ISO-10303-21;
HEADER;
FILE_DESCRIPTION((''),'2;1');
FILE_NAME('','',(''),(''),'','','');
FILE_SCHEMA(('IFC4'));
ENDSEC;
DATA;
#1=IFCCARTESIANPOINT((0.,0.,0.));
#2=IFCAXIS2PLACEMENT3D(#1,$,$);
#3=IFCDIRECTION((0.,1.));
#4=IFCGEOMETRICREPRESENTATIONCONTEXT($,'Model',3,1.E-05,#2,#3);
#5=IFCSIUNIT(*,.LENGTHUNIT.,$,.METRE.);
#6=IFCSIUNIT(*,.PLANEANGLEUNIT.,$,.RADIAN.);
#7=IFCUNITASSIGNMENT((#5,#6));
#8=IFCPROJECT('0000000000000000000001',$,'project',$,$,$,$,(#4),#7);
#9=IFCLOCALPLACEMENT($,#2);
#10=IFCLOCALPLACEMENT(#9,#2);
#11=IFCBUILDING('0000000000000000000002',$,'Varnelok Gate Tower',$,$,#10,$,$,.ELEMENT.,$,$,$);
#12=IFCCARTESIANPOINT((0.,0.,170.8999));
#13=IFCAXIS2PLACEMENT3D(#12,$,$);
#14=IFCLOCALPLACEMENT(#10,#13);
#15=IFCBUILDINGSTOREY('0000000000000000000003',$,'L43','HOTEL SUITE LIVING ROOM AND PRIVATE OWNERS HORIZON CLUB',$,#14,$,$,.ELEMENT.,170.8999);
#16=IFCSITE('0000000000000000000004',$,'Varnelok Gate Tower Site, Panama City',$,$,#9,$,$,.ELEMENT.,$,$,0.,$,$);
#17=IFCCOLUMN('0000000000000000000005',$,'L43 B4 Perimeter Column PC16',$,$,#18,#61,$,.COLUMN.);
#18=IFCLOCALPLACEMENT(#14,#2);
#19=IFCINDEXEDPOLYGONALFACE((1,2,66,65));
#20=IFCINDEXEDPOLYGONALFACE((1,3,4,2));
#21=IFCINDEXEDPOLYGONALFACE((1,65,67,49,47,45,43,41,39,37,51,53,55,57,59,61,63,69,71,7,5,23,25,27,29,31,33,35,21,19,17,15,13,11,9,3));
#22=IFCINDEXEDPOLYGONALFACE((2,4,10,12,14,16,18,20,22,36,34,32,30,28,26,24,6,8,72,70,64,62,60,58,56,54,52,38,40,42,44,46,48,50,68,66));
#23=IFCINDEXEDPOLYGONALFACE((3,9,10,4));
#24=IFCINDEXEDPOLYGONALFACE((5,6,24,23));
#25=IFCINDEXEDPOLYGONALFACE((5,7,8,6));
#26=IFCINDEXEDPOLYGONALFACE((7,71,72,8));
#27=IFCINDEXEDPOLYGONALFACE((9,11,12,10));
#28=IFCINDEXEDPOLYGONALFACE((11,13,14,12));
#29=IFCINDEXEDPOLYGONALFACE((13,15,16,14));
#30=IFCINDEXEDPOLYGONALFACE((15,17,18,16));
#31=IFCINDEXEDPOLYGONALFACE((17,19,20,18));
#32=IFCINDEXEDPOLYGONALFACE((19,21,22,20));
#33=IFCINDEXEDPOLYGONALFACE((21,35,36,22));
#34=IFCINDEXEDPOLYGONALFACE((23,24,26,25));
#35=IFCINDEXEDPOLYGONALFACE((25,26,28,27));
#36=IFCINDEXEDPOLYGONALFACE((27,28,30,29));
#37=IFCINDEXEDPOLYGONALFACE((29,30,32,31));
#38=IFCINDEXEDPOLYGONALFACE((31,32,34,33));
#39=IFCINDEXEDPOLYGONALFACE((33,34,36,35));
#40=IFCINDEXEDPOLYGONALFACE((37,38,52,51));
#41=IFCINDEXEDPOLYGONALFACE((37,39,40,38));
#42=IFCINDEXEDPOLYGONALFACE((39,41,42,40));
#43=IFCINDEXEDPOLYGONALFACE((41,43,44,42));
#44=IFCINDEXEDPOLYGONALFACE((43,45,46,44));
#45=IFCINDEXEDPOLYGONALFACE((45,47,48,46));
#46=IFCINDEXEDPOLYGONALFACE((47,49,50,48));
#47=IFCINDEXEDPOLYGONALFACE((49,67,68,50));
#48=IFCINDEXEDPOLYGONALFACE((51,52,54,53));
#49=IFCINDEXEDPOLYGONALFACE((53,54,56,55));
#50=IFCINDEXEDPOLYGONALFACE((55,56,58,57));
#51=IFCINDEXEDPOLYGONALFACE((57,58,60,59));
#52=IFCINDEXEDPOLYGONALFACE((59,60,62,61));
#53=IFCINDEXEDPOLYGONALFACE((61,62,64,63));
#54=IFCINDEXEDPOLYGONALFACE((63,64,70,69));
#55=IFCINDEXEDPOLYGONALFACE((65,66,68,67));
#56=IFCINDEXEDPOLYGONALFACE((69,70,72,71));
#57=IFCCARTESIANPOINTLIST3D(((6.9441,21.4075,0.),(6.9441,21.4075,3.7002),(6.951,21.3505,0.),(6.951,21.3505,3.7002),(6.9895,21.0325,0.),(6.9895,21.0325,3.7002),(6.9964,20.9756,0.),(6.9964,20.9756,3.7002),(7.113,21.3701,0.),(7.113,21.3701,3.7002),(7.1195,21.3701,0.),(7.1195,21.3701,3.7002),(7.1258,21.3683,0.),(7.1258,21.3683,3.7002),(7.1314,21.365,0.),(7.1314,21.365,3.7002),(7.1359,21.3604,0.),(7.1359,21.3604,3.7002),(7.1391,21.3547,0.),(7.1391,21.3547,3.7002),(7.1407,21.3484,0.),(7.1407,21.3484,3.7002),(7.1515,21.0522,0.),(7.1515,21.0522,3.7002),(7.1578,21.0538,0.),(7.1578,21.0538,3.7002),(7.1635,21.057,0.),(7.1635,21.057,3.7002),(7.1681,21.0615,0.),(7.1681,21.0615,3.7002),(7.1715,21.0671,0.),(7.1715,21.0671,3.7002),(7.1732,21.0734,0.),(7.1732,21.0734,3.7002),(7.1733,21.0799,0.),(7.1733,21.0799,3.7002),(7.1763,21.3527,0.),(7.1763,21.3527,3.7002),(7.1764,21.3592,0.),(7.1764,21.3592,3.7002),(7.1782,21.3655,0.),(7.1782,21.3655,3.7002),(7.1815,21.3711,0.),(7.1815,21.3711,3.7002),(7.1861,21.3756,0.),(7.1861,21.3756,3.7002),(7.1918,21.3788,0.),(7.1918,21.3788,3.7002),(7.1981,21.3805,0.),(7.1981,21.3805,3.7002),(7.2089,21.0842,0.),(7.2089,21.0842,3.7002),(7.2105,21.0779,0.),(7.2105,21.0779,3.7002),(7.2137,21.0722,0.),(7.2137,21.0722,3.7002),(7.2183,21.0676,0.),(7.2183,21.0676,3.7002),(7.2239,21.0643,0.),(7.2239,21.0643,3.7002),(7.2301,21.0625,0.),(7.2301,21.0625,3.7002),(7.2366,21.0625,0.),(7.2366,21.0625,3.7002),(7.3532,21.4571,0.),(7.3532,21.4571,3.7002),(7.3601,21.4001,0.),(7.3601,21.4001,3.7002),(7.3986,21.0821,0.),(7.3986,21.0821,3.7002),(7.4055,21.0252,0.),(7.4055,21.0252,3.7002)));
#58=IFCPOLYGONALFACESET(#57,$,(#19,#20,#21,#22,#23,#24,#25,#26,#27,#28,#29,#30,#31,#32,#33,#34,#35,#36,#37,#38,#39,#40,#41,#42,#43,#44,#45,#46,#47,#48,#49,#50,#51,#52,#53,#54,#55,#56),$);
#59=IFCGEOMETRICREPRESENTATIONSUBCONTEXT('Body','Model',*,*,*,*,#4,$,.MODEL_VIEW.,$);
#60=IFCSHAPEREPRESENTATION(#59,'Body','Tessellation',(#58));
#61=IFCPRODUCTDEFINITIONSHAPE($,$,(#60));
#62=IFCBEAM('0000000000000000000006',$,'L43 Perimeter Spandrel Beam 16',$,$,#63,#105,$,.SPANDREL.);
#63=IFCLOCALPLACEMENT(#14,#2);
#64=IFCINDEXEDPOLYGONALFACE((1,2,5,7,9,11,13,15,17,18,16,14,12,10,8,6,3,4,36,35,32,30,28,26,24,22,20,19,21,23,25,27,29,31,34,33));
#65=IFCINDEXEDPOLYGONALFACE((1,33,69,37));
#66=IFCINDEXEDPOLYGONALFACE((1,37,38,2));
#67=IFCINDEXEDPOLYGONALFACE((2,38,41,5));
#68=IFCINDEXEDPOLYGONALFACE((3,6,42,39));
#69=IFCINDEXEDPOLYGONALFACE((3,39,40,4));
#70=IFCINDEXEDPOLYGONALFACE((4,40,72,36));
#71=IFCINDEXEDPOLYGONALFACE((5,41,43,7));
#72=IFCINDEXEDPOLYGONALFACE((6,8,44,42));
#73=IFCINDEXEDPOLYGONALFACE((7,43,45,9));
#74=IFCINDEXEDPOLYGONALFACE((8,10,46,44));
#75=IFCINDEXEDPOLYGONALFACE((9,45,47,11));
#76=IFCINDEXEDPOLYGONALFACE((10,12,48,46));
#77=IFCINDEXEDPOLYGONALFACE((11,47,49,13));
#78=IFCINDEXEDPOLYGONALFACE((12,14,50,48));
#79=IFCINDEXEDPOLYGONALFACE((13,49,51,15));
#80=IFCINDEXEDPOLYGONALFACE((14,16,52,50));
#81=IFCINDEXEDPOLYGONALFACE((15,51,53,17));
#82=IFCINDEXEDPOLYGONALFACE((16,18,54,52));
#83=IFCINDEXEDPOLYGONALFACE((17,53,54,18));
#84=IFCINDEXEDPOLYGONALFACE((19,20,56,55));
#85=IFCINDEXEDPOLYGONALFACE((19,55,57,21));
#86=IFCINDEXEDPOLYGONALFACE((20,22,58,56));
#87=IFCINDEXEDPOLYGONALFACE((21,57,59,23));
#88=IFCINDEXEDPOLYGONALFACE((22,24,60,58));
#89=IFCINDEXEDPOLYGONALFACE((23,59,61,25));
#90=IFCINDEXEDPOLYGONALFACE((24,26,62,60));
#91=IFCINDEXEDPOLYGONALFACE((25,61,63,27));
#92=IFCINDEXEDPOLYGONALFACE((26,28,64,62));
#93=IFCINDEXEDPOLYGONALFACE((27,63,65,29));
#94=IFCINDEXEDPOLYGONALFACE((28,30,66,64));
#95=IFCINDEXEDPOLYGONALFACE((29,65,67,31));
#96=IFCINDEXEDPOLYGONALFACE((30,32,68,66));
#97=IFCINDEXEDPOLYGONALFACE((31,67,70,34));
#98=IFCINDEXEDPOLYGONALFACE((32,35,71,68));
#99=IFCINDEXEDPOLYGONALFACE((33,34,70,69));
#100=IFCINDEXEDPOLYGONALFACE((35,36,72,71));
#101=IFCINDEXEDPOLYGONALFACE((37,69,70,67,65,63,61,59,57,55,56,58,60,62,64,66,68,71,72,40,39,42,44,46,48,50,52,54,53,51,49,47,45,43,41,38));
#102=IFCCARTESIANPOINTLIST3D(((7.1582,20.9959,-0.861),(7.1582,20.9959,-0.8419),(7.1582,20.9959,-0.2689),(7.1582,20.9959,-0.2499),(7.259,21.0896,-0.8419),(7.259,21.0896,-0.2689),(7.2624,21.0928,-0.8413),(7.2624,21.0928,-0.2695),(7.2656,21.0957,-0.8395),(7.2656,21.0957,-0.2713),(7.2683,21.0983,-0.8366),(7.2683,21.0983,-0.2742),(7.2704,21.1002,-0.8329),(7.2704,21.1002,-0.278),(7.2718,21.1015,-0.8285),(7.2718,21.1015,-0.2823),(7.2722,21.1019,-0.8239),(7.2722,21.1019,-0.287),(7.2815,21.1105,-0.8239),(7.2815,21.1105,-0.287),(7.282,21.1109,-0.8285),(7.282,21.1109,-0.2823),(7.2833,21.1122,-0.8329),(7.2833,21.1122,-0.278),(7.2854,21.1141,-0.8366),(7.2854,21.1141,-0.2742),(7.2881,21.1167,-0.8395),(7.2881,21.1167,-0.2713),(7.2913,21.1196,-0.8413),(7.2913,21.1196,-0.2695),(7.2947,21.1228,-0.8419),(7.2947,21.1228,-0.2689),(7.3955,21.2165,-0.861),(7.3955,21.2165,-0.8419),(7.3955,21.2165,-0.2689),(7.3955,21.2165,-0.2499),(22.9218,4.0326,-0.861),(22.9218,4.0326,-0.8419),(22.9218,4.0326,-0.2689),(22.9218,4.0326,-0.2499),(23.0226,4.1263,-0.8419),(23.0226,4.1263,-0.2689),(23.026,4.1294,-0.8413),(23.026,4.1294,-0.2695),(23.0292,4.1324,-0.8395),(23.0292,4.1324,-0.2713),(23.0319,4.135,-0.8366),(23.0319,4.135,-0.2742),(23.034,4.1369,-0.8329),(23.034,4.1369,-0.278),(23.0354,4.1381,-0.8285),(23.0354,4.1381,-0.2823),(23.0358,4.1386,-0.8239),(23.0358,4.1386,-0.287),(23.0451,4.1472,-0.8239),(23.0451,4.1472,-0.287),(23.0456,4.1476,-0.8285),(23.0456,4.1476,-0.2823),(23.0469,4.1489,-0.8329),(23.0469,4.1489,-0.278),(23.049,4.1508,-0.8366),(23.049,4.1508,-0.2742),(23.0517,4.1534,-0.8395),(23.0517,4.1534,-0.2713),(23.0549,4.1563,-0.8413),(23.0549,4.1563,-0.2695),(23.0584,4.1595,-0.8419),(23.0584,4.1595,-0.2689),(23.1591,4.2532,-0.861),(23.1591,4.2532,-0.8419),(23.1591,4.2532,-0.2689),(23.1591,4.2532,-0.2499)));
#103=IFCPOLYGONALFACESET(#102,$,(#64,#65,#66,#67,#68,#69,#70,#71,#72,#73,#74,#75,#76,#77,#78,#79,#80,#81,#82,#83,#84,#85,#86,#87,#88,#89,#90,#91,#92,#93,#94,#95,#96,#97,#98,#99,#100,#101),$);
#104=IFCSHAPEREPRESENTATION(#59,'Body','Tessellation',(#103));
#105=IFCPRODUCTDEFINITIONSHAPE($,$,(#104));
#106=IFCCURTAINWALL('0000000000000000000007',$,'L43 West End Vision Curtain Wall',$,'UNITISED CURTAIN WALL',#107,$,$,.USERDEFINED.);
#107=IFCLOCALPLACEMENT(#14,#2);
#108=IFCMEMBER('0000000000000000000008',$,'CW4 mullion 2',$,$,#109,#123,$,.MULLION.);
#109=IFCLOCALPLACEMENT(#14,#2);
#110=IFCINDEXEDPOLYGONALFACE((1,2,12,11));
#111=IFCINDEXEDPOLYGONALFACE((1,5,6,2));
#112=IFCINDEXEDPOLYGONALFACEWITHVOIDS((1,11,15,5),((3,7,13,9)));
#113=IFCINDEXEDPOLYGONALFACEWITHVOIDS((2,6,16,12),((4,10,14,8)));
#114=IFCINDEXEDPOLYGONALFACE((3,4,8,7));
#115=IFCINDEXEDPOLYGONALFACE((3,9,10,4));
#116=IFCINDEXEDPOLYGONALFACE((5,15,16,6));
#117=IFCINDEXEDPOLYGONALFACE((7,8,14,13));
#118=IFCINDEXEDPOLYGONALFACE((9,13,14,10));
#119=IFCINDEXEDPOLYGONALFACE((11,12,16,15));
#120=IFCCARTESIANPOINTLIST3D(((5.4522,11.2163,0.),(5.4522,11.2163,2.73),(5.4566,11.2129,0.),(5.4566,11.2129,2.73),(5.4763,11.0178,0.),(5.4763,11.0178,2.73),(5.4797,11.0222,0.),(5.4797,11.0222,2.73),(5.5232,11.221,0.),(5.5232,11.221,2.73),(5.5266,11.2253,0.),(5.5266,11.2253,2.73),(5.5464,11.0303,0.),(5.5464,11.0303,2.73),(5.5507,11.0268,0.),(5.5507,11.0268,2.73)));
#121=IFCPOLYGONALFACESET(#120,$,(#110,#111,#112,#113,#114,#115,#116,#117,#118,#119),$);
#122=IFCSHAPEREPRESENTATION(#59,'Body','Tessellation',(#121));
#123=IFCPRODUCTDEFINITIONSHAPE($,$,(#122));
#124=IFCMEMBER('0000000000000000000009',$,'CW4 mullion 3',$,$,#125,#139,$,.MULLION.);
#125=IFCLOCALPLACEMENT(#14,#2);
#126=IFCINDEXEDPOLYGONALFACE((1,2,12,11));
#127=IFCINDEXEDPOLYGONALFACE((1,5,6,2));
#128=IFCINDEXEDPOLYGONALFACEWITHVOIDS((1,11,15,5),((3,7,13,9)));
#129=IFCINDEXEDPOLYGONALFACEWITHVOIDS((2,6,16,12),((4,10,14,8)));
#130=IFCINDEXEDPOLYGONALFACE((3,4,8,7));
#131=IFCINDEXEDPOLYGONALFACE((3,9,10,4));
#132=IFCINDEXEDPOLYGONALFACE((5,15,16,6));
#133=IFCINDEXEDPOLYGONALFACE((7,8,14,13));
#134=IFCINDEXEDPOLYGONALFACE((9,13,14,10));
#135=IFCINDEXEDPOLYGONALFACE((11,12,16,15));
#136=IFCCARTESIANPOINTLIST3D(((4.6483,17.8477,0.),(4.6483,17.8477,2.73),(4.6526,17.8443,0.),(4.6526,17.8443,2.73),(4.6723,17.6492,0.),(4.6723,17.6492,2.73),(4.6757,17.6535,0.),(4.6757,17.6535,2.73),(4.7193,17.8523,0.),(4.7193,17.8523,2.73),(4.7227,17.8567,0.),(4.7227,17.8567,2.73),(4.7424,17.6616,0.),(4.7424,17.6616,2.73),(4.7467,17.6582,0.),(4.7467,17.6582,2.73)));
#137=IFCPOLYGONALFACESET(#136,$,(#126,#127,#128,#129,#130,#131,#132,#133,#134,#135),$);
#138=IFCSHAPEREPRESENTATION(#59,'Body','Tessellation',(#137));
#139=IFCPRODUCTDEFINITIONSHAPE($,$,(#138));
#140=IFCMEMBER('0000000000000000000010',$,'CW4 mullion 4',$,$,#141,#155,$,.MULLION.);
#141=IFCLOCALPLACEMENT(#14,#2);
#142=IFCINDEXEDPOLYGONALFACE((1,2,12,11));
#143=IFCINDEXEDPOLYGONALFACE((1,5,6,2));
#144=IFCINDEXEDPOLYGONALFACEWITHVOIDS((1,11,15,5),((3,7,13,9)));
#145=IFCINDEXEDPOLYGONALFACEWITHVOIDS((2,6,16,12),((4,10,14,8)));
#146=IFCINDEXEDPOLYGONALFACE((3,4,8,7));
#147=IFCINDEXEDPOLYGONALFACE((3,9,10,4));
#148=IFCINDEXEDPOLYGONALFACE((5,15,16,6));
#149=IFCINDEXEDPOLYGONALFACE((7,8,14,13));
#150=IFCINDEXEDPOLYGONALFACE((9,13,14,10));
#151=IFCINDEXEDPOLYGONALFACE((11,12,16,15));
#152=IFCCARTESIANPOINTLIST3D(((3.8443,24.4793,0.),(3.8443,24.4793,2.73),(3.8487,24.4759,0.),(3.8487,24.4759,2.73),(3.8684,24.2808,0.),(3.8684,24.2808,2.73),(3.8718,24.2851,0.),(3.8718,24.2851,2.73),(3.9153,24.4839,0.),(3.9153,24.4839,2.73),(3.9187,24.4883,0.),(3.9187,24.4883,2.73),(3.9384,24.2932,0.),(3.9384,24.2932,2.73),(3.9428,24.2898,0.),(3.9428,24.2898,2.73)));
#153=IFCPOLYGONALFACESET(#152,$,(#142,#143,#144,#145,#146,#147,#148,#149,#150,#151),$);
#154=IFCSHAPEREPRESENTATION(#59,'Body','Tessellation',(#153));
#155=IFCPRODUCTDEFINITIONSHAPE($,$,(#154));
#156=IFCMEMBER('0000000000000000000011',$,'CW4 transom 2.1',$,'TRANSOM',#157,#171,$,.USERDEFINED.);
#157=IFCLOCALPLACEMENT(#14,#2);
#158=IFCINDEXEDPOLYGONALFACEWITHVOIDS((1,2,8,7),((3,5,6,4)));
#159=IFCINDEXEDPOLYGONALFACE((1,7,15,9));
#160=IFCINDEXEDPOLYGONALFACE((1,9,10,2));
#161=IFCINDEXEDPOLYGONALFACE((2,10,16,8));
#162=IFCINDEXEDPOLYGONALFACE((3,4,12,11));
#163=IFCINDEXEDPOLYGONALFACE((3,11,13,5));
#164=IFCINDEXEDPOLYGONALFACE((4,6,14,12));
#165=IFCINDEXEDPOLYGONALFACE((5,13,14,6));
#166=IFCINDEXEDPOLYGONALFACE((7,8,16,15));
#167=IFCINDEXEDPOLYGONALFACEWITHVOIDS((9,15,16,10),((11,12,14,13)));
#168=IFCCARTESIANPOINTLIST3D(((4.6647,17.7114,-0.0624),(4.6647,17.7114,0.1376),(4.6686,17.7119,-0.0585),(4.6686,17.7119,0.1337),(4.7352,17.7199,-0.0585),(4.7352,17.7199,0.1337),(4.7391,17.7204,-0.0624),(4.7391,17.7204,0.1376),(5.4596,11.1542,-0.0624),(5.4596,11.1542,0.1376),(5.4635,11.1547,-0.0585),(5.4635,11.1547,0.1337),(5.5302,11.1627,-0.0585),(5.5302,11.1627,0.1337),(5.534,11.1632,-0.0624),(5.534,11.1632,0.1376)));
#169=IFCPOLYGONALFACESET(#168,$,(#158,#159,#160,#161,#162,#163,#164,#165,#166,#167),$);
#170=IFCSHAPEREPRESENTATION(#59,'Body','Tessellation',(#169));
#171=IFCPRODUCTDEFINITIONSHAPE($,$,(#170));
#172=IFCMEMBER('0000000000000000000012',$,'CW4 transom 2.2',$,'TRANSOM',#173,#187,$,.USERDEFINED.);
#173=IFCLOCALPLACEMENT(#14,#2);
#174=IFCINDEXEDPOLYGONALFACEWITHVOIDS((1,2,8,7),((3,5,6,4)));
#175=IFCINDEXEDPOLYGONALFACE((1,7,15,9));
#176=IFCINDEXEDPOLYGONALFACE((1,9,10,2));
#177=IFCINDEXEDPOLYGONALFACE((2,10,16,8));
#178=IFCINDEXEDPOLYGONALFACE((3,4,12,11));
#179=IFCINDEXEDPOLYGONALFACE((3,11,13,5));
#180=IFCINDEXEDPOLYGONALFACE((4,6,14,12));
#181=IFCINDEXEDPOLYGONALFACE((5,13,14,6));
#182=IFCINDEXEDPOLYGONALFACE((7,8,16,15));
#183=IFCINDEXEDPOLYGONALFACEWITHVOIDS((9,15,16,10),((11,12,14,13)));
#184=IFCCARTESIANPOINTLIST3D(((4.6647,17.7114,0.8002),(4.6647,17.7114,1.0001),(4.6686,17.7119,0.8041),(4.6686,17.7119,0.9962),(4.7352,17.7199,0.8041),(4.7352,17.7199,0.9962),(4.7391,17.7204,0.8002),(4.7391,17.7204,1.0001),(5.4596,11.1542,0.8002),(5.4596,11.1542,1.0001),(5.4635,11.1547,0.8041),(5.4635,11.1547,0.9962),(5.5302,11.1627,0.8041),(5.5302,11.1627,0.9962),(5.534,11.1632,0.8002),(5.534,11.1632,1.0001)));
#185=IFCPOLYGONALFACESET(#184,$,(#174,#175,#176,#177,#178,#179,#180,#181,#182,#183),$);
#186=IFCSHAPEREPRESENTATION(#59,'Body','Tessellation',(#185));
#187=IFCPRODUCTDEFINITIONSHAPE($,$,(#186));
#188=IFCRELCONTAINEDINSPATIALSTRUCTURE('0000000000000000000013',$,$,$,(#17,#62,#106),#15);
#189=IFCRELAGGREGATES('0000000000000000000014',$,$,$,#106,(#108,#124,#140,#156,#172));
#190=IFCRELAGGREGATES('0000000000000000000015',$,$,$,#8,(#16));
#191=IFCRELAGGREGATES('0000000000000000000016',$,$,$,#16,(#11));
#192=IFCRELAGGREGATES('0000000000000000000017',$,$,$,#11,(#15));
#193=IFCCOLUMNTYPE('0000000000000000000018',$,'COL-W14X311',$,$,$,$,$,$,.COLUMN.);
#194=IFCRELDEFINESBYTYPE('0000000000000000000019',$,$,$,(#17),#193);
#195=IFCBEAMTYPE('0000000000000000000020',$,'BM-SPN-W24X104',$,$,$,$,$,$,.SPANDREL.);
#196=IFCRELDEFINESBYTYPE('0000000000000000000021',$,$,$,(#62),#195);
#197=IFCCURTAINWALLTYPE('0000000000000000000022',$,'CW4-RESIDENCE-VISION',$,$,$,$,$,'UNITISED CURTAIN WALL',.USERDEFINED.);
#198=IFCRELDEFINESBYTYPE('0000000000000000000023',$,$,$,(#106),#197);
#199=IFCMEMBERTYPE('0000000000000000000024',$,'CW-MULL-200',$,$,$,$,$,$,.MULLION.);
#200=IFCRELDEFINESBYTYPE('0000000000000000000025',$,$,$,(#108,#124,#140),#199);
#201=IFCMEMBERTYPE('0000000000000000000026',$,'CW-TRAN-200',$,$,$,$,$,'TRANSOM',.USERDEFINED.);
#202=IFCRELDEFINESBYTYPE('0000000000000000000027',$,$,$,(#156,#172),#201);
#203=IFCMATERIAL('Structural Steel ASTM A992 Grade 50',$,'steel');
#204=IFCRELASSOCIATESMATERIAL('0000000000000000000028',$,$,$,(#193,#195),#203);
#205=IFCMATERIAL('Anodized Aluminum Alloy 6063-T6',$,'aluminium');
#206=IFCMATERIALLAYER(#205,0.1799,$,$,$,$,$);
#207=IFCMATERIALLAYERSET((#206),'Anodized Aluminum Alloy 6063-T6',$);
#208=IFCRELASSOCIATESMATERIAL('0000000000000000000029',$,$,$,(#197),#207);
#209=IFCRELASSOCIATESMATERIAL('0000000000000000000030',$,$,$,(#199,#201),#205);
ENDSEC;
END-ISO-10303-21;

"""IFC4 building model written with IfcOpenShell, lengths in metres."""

from ifc_helpers import new_model, si_unit, direction, frame, origin, origin_2d, place, context, subcontext, project, spatial, hollow_rectangle, i_section, extrude, material, layer, layer_set, material_profile, profile_set, type_object, element, aggregate, save


model = new_model("IFC4")

# Units and contexts
model_context = context("Model", 3, precision=1e-05, world=origin(), true_north=direction((0.0, 1.0)))
body_context = subcontext(model_context, "Body", "Model", "MODEL_VIEW")
ifc_project = project(units=[si_unit("LENGTHUNIT", "METRE"), si_unit("PLANEANGLEUNIT", "RADIAN")], contexts=[model_context])

# Site, building, storey
site_placement = place(None, origin())
site = spatial("IfcSite", under=ifc_project, at=site_placement, Name="Varnelok Gate Tower Site, Panama City", CompositionType="ELEMENT", RefElevation=0.0)
building_placement = place(site_placement, origin())
building = spatial("IfcBuilding", under=site, at=building_placement, Name="Varnelok Gate Tower", CompositionType="ELEMENT")
storey_placement = place(building_placement, frame((0.0, 0.0, 170.8999)))
storey = spatial("IfcBuildingStorey", under=building, at=storey_placement, Name="L43", Description="HOTEL SUITE LIVING ROOM AND PRIVATE OWNERS HORIZON CLUB", CompositionType="ELEMENT", Elevation=170.8999)

# Column
ifc_material_1 = material(Name="Structural Steel ASTM A992 Grade 50", Category="steel")
ifc_material_profile_1 = material_profile(ifc_material_1, i_section(OverallWidth=0.4121, OverallDepth=0.4351, WebThickness=0.0359, FlangeThickness=0.0574, FilletRadius=0.0249, at=origin_2d()), Name="W14X311")
ifc_profile_set_1 = profile_set([ifc_material_profile_1], Name="Structural Steel ASTM A992 Grade 50")
column_type = type_object("IfcColumnType", Name="COL-W14X311", PredefinedType="COLUMN", material=ifc_profile_set_1)
column_placement = place(storey_placement, frame((7.1748, 21.2163, 0.0), z_axis=(0.0, 0.0, 1.0), x_axis=(0.992732, 0.120345, 0.0)))
element("IfcColumn", 1, at=column_placement, inside=storey, type_object=column_type, Name="L43 B4 Perimeter Column PC16", PredefinedType="COLUMN", context=body_context, shape_type="SweptSolid", body=[
    extrude(i_section(OverallWidth=0.4121, OverallDepth=0.4351, WebThickness=0.0359, FlangeThickness=0.0574, FilletRadius=0.0249, at=origin_2d()), origin(), (0.0, 0.0, 1.0), 3.7002),
])

# Beam
ifc_material_profile_2 = material_profile(ifc_material_1, i_section(OverallWidth=0.324, OverallDepth=0.6111, WebThickness=0.0127, FlangeThickness=0.019, FilletRadius=0.0181, at=origin_2d()), Name="W24X104")
ifc_profile_set_2 = profile_set([ifc_material_profile_2], Name="Structural Steel ASTM A992 Grade 50")
beam_type = type_object("IfcBeamType", Name="BM-SPN-W24X104", PredefinedType="SPANDREL", material=ifc_profile_set_2)
beam_placement = place(storey_placement, frame((7.2769, 21.1062, -0.5554), z_axis=(0.680728, -0.732536, 0.0), x_axis=(0.732536, 0.680728, 0.0)))
element("IfcBeam", 2, at=beam_placement, inside=storey, type_object=beam_type, Name="L43 Perimeter Spandrel Beam 16", PredefinedType="SPANDREL", context=body_context, shape_type="SweptSolid", body=[
    extrude(i_section(OverallWidth=0.324, OverallDepth=0.6111, WebThickness=0.0127, FlangeThickness=0.019, FilletRadius=0.0181, at=origin_2d()), origin(), (0.0, 0.0, 1.0), 23.157),
])

# Curtain wall, members
ifc_material_2 = material(Name="Anodized Aluminum Alloy 6063-T6", Category="aluminium")
ifc_layer_1 = layer(ifc_material_2, 0.1799)
ifc_layer_set_1 = layer_set([ifc_layer_1], Name="Anodized Aluminum Alloy 6063-T6")
curtain_wall_type = type_object("IfcCurtainWallType", Name="CW4-RESIDENCE-VISION", ElementType="UNITISED CURTAIN WALL", PredefinedType="USERDEFINED", material=ifc_layer_set_1)
curtain_wall_placement = place(storey_placement, origin())
curtain_wall = element("IfcCurtainWall", 3, at=curtain_wall_placement, inside=storey, type_object=curtain_wall_type, Name="L43 West End Vision Curtain Wall", ObjectType="UNITISED CURTAIN WALL", PredefinedType="USERDEFINED")
ifc_material_profile_3 = material_profile(ifc_material_2, hollow_rectangle(XDim=0.075, YDim=0.2, WallThickness=0.0039, at=origin_2d()), Name="ALU200X75X4")
ifc_profile_set_3 = profile_set([ifc_material_profile_3], Name="Anodized Aluminum Alloy 6063-T6")
member_type_1 = type_object("IfcMemberType", Name="CW-MULL-200", PredefinedType="MULLION", material=ifc_profile_set_3)
member_1_placement = place(storey_placement, frame((5.5015, 11.1216, 0.0), z_axis=(0.0, 0.0, 1.0), x_axis=(-0.992732, -0.120345, 0.0)))
member_1 = element("IfcMember", 4, at=member_1_placement, type_object=member_type_1, Name="CW4 mullion 2", PredefinedType="MULLION", context=body_context, shape_type="SweptSolid", body=[
    extrude(hollow_rectangle(XDim=0.075, YDim=0.2, WallThickness=0.0039, at=origin_2d()), origin(), (0.0, 0.0, 1.0), 2.73),
])
member_2_placement = place(storey_placement, frame((4.6975, 17.7529, 0.0), z_axis=(0.0, 0.0, 1.0), x_axis=(-0.992732, -0.120345, 0.0)))
member_2 = element("IfcMember", 5, at=member_2_placement, type_object=member_type_1, Name="CW4 mullion 3", PredefinedType="MULLION", context=body_context, shape_type="SweptSolid", body=[
    extrude(hollow_rectangle(XDim=0.075, YDim=0.2, WallThickness=0.0039, at=origin_2d()), origin(), (0.0, 0.0, 1.0), 2.73),
])
member_3_placement = place(storey_placement, frame((3.8936, 24.3845, 0.0), z_axis=(0.0, 0.0, 1.0), x_axis=(-0.992732, -0.120345, 0.0)))
member_3 = element("IfcMember", 6, at=member_3_placement, type_object=member_type_1, Name="CW4 mullion 4", PredefinedType="MULLION", context=body_context, shape_type="SweptSolid", body=[
    extrude(hollow_rectangle(XDim=0.075, YDim=0.2, WallThickness=0.0039, at=origin_2d()), origin(), (0.0, 0.0, 1.0), 2.73),
])
ifc_material_profile_4 = material_profile(ifc_material_2, hollow_rectangle(XDim=0.075, YDim=0.2, WallThickness=0.0039, at=origin_2d()), Name="ALU200X75X4")
ifc_profile_set_4 = profile_set([ifc_material_profile_4], Name="Anodized Aluminum Alloy 6063-T6")
member_type_2 = type_object("IfcMemberType", Name="CW-TRAN-200", ElementType="TRANSOM", PredefinedType="USERDEFINED", material=ifc_profile_set_4)
member_4_placement = place(storey_placement, frame((5.4968, 11.1587, 0.0376), z_axis=(-0.120349, 0.992732, 0.0), x_axis=(-0.992732, -0.120349, 0.0)))
member_4 = element("IfcMember", 7, at=member_4_placement, type_object=member_type_2, Name="CW4 transom 2.1", ObjectType="TRANSOM", PredefinedType="USERDEFINED", context=body_context, shape_type="SweptSolid", body=[
    extrude(hollow_rectangle(XDim=0.075, YDim=0.2, WallThickness=0.0039, at=origin_2d()), origin(), (0.0, 0.0, 1.0), 6.6052),
])
member_5_placement = place(storey_placement, frame((5.4968, 11.1587, 0.9001), z_axis=(-0.120349, 0.992732, 0.0), x_axis=(-0.992732, -0.120349, 0.0)))
member_5 = element("IfcMember", 8, at=member_5_placement, type_object=member_type_2, Name="CW4 transom 2.2", ObjectType="TRANSOM", PredefinedType="USERDEFINED", context=body_context, shape_type="SweptSolid", body=[
    extrude(hollow_rectangle(XDim=0.075, YDim=0.2, WallThickness=0.0039, at=origin_2d()), origin(), (0.0, 0.0, 1.0), 6.6052),
])
aggregate(curtain_wall, [member_1, member_2, member_3, member_4, member_5])

save(model, "model.ifc")
